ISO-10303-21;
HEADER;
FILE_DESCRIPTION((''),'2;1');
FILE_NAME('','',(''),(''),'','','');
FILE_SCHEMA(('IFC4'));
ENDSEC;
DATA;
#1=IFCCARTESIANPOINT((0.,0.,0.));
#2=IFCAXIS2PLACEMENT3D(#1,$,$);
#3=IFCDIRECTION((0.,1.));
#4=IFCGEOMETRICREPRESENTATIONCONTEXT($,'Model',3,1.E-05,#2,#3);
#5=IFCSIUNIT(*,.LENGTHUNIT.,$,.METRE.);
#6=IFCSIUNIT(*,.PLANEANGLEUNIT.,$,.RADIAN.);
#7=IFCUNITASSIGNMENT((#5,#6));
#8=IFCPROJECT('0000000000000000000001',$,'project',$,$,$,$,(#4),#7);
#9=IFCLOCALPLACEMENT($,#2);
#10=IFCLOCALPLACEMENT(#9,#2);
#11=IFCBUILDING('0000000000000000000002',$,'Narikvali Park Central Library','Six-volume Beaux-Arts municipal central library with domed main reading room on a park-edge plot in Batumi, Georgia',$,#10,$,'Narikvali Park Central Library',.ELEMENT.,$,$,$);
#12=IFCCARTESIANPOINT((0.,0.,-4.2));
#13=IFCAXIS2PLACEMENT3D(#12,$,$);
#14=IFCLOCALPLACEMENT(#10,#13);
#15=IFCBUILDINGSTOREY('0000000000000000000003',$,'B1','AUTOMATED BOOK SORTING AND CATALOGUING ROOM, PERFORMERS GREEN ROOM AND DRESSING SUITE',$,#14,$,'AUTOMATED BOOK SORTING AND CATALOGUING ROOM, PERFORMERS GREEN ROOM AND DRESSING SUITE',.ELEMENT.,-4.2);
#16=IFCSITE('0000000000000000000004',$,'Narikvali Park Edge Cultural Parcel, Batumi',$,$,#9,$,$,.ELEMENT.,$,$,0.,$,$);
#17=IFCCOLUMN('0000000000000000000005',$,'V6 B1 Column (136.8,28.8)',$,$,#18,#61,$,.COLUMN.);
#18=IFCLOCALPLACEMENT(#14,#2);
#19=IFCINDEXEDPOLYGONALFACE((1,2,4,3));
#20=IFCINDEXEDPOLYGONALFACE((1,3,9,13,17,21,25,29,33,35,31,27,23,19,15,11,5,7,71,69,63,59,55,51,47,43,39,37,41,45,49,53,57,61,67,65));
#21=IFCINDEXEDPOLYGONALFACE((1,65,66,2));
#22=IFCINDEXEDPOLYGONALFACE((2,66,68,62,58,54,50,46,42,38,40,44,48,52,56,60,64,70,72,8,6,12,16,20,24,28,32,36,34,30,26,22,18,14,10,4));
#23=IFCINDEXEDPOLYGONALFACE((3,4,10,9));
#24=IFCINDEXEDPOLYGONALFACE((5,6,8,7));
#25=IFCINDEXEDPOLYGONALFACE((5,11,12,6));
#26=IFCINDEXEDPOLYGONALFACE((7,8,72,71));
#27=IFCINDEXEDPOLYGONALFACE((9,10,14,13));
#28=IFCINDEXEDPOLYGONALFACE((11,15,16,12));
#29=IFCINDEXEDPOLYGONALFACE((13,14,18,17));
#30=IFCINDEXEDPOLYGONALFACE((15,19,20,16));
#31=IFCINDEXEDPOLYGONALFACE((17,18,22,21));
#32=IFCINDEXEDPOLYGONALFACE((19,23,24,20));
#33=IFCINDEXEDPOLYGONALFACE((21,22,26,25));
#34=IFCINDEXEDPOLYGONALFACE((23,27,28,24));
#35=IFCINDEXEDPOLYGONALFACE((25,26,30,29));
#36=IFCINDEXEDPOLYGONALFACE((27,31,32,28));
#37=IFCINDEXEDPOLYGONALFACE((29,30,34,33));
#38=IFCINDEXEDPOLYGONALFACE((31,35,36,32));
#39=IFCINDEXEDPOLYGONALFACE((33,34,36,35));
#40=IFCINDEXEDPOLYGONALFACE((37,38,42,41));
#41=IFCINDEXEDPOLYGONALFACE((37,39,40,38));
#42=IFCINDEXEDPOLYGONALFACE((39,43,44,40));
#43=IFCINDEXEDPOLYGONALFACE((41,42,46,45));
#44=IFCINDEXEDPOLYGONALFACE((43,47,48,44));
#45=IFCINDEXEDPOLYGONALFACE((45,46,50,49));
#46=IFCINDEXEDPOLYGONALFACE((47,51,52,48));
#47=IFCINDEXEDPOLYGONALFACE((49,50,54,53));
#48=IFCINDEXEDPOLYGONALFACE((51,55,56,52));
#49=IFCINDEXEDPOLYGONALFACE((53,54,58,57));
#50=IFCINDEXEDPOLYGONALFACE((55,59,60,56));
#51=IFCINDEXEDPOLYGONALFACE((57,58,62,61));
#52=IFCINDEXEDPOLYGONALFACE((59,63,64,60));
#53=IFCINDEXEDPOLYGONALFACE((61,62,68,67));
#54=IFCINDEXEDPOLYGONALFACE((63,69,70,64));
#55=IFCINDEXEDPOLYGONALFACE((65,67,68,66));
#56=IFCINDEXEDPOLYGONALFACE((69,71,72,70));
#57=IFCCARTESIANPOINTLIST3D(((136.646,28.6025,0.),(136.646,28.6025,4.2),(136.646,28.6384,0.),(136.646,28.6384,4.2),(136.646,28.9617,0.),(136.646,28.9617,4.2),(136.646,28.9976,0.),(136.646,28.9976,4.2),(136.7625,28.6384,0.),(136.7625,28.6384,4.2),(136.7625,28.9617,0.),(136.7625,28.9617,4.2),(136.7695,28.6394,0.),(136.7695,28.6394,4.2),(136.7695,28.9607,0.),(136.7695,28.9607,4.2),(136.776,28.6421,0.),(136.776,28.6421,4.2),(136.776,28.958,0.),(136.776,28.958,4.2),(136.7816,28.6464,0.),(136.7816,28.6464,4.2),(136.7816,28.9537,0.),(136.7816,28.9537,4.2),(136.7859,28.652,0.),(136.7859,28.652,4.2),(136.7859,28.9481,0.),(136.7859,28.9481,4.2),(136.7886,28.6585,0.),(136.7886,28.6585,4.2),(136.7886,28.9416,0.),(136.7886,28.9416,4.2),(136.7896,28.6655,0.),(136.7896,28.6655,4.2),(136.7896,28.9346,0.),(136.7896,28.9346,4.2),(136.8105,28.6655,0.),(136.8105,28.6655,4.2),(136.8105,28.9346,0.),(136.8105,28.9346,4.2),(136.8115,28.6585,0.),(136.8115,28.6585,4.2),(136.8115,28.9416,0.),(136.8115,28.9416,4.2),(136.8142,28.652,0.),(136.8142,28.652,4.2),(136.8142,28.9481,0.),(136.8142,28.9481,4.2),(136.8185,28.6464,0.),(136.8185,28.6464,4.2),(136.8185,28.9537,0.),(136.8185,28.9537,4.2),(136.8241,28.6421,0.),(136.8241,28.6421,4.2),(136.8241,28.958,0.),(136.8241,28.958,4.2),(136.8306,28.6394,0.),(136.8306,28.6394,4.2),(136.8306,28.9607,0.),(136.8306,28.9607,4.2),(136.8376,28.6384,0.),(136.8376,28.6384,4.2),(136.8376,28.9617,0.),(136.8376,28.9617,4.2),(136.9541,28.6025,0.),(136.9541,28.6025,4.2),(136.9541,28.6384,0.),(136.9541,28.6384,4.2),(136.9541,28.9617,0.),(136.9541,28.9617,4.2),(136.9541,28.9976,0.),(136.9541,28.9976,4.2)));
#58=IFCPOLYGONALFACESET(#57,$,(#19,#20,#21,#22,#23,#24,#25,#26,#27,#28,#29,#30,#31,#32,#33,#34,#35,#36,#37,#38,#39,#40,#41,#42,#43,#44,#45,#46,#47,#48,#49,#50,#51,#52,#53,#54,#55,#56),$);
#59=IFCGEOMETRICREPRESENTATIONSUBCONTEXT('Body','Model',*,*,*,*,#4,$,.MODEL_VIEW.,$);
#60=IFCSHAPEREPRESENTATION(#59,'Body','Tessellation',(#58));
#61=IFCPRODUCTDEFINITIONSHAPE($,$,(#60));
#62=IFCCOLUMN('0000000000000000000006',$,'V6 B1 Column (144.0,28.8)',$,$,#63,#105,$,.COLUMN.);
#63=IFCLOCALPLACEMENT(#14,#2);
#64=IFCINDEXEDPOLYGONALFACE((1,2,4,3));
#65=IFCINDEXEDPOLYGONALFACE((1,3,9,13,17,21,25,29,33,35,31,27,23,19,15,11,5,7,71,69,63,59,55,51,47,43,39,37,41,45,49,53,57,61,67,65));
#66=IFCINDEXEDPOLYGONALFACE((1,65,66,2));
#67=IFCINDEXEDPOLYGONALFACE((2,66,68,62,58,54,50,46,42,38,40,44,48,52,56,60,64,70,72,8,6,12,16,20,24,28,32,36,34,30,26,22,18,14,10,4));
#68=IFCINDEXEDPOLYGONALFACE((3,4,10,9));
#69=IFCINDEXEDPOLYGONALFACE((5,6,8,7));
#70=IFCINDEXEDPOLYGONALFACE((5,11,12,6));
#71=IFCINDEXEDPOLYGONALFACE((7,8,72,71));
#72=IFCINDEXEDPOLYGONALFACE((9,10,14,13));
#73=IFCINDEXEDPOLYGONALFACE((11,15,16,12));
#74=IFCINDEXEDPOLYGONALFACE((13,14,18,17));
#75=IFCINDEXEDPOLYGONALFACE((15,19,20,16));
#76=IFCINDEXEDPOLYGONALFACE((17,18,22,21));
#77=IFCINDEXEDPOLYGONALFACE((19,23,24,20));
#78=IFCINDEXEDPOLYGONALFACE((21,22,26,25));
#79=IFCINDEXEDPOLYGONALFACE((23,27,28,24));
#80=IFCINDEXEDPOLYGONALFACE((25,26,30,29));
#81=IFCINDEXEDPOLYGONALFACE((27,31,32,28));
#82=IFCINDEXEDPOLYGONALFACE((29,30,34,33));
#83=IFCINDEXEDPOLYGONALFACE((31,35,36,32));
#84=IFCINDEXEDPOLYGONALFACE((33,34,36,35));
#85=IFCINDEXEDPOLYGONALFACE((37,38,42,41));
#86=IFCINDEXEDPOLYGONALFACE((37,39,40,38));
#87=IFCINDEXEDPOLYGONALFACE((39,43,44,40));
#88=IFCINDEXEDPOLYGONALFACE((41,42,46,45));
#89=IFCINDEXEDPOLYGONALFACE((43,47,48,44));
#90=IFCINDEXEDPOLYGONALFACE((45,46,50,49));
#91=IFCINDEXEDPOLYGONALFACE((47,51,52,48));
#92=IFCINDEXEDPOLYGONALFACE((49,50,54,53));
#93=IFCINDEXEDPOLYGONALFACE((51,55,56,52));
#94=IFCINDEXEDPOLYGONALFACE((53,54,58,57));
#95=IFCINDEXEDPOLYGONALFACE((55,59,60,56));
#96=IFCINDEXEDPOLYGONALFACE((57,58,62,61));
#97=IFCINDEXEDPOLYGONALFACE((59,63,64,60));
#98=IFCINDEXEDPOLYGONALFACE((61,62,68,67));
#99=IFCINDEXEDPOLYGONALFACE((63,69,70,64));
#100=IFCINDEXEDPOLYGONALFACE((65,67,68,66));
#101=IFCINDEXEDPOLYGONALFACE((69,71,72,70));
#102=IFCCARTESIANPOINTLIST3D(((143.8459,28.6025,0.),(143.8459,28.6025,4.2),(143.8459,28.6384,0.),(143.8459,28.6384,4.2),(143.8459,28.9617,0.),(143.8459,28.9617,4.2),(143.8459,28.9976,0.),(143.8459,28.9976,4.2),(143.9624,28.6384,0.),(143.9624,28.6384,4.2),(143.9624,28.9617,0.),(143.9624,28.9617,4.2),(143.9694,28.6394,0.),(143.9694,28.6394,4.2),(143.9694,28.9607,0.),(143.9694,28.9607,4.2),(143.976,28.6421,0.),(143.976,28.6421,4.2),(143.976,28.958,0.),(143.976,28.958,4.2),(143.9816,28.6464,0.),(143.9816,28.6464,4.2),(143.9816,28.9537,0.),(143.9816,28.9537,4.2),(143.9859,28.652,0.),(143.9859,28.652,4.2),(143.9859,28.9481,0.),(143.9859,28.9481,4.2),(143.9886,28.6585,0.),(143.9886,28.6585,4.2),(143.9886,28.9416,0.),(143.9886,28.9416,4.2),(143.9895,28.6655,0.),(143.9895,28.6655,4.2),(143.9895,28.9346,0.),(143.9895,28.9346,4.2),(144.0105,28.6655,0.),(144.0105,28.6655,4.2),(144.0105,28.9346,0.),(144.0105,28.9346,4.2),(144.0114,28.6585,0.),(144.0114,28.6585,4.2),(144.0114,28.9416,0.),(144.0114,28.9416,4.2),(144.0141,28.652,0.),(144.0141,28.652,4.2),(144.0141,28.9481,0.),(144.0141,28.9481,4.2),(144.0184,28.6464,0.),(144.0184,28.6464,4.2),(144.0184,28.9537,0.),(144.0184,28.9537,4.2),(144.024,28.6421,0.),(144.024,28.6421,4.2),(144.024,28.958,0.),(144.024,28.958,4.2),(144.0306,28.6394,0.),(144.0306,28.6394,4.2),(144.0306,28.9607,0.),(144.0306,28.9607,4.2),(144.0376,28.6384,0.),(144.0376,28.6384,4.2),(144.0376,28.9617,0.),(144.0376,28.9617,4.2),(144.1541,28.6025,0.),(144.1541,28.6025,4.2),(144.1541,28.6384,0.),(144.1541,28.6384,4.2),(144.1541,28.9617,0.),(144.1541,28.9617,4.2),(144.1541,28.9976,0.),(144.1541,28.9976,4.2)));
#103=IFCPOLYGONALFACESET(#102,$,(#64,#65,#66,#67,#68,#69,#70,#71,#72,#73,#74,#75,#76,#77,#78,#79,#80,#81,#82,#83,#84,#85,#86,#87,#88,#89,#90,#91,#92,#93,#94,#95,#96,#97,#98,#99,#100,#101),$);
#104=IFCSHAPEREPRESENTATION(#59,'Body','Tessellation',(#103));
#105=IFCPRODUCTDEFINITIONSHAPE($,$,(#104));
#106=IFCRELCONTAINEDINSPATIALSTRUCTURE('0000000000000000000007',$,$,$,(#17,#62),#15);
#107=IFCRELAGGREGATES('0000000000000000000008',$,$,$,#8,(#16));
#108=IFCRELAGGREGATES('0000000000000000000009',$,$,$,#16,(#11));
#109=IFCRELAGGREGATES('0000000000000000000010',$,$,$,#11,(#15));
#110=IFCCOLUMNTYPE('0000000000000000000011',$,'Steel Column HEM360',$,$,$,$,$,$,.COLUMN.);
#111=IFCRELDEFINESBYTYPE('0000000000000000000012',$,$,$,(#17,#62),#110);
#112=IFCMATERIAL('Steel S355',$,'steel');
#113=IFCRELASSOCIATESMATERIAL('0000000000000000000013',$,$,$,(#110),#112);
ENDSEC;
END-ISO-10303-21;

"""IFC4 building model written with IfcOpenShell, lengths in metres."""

from ifc_helpers import new_model, si_unit, direction, frame, origin, origin_2d, place, context, subcontext, project, spatial, i_section, extrude, material, material_profile, profile_set, type_object, element, save


model = new_model("IFC4")

# Units and contexts
model_context = context("Model", 3, precision=1e-05, world=origin(), true_north=direction((0.0, 1.0)))
body_context = subcontext(model_context, "Body", "Model", "MODEL_VIEW")
ifc_project = project(units=[si_unit("LENGTHUNIT", "METRE"), si_unit("PLANEANGLEUNIT", "RADIAN")], contexts=[model_context])

# Site, building, storey
site_placement = place(None, origin())
site = spatial("IfcSite", under=ifc_project, at=site_placement, Name="Narikvali Park Edge Cultural Parcel, Batumi", CompositionType="ELEMENT", RefElevation=0.0)
building_placement = place(site_placement, origin())
building = spatial("IfcBuilding", under=site, at=building_placement, Name="Narikvali Park Central Library", Description="Six-volume Beaux-Arts municipal central library with domed main reading room on a park-edge plot in Batumi, Georgia", LongName="Narikvali Park Central Library", CompositionType="ELEMENT")
storey_placement = place(building_placement, frame((0.0, 0.0, -4.2)))
storey = spatial("IfcBuildingStorey", under=building, at=storey_placement, Name="B1", Description="AUTOMATED BOOK SORTING AND CATALOGUING ROOM, PERFORMERS GREEN ROOM AND DRESSING SUITE", LongName="AUTOMATED BOOK SORTING AND CATALOGUING ROOM, PERFORMERS GREEN ROOM AND DRESSING SUITE", CompositionType="ELEMENT", Elevation=-4.2)

# Columns
ifc_material_1 = material(Name="Steel S355", Category="steel")
ifc_material_profile_1 = material_profile(ifc_material_1, i_section(OverallWidth=0.3081, OverallDepth=0.395, WebThickness=0.021, FlangeThickness=0.0359, FilletRadius=0.0271, at=origin_2d()), Name="HEM 360")
ifc_profile_set_1 = profile_set([ifc_material_profile_1], Name="Steel S355")
column_type = type_object("IfcColumnType", Name="Steel Column HEM360", PredefinedType="COLUMN", material=ifc_profile_set_1)
for number, where, z_axis, x_axis, name in (
    (1, (136.8, 28.8, 0.0), (0.0, 0.0, 1.0), (1.0, 0.0, 0.0), "V6 B1 Column (136.8,28.8)"),
    (2, (144.0, 28.8, 0.0), (0.0, 0.0, 1.0), (1.0, 0.0, 0.0), "V6 B1 Column (144.0,28.8)"),
):
    element("IfcColumn", number, at=place(storey_placement, frame(where, z_axis=z_axis, x_axis=x_axis)), inside=storey, type_object=column_type, Name=name, PredefinedType="COLUMN", context=body_context, shape_type="SweptSolid", body=[
        extrude(i_section(OverallWidth=0.3081, OverallDepth=0.395, WebThickness=0.021, FlangeThickness=0.0359, FilletRadius=0.0271, at=origin_2d()), origin(), (0.0, 0.0, 1.0), 4.2),
    ])

save(model, "model.ifc")
